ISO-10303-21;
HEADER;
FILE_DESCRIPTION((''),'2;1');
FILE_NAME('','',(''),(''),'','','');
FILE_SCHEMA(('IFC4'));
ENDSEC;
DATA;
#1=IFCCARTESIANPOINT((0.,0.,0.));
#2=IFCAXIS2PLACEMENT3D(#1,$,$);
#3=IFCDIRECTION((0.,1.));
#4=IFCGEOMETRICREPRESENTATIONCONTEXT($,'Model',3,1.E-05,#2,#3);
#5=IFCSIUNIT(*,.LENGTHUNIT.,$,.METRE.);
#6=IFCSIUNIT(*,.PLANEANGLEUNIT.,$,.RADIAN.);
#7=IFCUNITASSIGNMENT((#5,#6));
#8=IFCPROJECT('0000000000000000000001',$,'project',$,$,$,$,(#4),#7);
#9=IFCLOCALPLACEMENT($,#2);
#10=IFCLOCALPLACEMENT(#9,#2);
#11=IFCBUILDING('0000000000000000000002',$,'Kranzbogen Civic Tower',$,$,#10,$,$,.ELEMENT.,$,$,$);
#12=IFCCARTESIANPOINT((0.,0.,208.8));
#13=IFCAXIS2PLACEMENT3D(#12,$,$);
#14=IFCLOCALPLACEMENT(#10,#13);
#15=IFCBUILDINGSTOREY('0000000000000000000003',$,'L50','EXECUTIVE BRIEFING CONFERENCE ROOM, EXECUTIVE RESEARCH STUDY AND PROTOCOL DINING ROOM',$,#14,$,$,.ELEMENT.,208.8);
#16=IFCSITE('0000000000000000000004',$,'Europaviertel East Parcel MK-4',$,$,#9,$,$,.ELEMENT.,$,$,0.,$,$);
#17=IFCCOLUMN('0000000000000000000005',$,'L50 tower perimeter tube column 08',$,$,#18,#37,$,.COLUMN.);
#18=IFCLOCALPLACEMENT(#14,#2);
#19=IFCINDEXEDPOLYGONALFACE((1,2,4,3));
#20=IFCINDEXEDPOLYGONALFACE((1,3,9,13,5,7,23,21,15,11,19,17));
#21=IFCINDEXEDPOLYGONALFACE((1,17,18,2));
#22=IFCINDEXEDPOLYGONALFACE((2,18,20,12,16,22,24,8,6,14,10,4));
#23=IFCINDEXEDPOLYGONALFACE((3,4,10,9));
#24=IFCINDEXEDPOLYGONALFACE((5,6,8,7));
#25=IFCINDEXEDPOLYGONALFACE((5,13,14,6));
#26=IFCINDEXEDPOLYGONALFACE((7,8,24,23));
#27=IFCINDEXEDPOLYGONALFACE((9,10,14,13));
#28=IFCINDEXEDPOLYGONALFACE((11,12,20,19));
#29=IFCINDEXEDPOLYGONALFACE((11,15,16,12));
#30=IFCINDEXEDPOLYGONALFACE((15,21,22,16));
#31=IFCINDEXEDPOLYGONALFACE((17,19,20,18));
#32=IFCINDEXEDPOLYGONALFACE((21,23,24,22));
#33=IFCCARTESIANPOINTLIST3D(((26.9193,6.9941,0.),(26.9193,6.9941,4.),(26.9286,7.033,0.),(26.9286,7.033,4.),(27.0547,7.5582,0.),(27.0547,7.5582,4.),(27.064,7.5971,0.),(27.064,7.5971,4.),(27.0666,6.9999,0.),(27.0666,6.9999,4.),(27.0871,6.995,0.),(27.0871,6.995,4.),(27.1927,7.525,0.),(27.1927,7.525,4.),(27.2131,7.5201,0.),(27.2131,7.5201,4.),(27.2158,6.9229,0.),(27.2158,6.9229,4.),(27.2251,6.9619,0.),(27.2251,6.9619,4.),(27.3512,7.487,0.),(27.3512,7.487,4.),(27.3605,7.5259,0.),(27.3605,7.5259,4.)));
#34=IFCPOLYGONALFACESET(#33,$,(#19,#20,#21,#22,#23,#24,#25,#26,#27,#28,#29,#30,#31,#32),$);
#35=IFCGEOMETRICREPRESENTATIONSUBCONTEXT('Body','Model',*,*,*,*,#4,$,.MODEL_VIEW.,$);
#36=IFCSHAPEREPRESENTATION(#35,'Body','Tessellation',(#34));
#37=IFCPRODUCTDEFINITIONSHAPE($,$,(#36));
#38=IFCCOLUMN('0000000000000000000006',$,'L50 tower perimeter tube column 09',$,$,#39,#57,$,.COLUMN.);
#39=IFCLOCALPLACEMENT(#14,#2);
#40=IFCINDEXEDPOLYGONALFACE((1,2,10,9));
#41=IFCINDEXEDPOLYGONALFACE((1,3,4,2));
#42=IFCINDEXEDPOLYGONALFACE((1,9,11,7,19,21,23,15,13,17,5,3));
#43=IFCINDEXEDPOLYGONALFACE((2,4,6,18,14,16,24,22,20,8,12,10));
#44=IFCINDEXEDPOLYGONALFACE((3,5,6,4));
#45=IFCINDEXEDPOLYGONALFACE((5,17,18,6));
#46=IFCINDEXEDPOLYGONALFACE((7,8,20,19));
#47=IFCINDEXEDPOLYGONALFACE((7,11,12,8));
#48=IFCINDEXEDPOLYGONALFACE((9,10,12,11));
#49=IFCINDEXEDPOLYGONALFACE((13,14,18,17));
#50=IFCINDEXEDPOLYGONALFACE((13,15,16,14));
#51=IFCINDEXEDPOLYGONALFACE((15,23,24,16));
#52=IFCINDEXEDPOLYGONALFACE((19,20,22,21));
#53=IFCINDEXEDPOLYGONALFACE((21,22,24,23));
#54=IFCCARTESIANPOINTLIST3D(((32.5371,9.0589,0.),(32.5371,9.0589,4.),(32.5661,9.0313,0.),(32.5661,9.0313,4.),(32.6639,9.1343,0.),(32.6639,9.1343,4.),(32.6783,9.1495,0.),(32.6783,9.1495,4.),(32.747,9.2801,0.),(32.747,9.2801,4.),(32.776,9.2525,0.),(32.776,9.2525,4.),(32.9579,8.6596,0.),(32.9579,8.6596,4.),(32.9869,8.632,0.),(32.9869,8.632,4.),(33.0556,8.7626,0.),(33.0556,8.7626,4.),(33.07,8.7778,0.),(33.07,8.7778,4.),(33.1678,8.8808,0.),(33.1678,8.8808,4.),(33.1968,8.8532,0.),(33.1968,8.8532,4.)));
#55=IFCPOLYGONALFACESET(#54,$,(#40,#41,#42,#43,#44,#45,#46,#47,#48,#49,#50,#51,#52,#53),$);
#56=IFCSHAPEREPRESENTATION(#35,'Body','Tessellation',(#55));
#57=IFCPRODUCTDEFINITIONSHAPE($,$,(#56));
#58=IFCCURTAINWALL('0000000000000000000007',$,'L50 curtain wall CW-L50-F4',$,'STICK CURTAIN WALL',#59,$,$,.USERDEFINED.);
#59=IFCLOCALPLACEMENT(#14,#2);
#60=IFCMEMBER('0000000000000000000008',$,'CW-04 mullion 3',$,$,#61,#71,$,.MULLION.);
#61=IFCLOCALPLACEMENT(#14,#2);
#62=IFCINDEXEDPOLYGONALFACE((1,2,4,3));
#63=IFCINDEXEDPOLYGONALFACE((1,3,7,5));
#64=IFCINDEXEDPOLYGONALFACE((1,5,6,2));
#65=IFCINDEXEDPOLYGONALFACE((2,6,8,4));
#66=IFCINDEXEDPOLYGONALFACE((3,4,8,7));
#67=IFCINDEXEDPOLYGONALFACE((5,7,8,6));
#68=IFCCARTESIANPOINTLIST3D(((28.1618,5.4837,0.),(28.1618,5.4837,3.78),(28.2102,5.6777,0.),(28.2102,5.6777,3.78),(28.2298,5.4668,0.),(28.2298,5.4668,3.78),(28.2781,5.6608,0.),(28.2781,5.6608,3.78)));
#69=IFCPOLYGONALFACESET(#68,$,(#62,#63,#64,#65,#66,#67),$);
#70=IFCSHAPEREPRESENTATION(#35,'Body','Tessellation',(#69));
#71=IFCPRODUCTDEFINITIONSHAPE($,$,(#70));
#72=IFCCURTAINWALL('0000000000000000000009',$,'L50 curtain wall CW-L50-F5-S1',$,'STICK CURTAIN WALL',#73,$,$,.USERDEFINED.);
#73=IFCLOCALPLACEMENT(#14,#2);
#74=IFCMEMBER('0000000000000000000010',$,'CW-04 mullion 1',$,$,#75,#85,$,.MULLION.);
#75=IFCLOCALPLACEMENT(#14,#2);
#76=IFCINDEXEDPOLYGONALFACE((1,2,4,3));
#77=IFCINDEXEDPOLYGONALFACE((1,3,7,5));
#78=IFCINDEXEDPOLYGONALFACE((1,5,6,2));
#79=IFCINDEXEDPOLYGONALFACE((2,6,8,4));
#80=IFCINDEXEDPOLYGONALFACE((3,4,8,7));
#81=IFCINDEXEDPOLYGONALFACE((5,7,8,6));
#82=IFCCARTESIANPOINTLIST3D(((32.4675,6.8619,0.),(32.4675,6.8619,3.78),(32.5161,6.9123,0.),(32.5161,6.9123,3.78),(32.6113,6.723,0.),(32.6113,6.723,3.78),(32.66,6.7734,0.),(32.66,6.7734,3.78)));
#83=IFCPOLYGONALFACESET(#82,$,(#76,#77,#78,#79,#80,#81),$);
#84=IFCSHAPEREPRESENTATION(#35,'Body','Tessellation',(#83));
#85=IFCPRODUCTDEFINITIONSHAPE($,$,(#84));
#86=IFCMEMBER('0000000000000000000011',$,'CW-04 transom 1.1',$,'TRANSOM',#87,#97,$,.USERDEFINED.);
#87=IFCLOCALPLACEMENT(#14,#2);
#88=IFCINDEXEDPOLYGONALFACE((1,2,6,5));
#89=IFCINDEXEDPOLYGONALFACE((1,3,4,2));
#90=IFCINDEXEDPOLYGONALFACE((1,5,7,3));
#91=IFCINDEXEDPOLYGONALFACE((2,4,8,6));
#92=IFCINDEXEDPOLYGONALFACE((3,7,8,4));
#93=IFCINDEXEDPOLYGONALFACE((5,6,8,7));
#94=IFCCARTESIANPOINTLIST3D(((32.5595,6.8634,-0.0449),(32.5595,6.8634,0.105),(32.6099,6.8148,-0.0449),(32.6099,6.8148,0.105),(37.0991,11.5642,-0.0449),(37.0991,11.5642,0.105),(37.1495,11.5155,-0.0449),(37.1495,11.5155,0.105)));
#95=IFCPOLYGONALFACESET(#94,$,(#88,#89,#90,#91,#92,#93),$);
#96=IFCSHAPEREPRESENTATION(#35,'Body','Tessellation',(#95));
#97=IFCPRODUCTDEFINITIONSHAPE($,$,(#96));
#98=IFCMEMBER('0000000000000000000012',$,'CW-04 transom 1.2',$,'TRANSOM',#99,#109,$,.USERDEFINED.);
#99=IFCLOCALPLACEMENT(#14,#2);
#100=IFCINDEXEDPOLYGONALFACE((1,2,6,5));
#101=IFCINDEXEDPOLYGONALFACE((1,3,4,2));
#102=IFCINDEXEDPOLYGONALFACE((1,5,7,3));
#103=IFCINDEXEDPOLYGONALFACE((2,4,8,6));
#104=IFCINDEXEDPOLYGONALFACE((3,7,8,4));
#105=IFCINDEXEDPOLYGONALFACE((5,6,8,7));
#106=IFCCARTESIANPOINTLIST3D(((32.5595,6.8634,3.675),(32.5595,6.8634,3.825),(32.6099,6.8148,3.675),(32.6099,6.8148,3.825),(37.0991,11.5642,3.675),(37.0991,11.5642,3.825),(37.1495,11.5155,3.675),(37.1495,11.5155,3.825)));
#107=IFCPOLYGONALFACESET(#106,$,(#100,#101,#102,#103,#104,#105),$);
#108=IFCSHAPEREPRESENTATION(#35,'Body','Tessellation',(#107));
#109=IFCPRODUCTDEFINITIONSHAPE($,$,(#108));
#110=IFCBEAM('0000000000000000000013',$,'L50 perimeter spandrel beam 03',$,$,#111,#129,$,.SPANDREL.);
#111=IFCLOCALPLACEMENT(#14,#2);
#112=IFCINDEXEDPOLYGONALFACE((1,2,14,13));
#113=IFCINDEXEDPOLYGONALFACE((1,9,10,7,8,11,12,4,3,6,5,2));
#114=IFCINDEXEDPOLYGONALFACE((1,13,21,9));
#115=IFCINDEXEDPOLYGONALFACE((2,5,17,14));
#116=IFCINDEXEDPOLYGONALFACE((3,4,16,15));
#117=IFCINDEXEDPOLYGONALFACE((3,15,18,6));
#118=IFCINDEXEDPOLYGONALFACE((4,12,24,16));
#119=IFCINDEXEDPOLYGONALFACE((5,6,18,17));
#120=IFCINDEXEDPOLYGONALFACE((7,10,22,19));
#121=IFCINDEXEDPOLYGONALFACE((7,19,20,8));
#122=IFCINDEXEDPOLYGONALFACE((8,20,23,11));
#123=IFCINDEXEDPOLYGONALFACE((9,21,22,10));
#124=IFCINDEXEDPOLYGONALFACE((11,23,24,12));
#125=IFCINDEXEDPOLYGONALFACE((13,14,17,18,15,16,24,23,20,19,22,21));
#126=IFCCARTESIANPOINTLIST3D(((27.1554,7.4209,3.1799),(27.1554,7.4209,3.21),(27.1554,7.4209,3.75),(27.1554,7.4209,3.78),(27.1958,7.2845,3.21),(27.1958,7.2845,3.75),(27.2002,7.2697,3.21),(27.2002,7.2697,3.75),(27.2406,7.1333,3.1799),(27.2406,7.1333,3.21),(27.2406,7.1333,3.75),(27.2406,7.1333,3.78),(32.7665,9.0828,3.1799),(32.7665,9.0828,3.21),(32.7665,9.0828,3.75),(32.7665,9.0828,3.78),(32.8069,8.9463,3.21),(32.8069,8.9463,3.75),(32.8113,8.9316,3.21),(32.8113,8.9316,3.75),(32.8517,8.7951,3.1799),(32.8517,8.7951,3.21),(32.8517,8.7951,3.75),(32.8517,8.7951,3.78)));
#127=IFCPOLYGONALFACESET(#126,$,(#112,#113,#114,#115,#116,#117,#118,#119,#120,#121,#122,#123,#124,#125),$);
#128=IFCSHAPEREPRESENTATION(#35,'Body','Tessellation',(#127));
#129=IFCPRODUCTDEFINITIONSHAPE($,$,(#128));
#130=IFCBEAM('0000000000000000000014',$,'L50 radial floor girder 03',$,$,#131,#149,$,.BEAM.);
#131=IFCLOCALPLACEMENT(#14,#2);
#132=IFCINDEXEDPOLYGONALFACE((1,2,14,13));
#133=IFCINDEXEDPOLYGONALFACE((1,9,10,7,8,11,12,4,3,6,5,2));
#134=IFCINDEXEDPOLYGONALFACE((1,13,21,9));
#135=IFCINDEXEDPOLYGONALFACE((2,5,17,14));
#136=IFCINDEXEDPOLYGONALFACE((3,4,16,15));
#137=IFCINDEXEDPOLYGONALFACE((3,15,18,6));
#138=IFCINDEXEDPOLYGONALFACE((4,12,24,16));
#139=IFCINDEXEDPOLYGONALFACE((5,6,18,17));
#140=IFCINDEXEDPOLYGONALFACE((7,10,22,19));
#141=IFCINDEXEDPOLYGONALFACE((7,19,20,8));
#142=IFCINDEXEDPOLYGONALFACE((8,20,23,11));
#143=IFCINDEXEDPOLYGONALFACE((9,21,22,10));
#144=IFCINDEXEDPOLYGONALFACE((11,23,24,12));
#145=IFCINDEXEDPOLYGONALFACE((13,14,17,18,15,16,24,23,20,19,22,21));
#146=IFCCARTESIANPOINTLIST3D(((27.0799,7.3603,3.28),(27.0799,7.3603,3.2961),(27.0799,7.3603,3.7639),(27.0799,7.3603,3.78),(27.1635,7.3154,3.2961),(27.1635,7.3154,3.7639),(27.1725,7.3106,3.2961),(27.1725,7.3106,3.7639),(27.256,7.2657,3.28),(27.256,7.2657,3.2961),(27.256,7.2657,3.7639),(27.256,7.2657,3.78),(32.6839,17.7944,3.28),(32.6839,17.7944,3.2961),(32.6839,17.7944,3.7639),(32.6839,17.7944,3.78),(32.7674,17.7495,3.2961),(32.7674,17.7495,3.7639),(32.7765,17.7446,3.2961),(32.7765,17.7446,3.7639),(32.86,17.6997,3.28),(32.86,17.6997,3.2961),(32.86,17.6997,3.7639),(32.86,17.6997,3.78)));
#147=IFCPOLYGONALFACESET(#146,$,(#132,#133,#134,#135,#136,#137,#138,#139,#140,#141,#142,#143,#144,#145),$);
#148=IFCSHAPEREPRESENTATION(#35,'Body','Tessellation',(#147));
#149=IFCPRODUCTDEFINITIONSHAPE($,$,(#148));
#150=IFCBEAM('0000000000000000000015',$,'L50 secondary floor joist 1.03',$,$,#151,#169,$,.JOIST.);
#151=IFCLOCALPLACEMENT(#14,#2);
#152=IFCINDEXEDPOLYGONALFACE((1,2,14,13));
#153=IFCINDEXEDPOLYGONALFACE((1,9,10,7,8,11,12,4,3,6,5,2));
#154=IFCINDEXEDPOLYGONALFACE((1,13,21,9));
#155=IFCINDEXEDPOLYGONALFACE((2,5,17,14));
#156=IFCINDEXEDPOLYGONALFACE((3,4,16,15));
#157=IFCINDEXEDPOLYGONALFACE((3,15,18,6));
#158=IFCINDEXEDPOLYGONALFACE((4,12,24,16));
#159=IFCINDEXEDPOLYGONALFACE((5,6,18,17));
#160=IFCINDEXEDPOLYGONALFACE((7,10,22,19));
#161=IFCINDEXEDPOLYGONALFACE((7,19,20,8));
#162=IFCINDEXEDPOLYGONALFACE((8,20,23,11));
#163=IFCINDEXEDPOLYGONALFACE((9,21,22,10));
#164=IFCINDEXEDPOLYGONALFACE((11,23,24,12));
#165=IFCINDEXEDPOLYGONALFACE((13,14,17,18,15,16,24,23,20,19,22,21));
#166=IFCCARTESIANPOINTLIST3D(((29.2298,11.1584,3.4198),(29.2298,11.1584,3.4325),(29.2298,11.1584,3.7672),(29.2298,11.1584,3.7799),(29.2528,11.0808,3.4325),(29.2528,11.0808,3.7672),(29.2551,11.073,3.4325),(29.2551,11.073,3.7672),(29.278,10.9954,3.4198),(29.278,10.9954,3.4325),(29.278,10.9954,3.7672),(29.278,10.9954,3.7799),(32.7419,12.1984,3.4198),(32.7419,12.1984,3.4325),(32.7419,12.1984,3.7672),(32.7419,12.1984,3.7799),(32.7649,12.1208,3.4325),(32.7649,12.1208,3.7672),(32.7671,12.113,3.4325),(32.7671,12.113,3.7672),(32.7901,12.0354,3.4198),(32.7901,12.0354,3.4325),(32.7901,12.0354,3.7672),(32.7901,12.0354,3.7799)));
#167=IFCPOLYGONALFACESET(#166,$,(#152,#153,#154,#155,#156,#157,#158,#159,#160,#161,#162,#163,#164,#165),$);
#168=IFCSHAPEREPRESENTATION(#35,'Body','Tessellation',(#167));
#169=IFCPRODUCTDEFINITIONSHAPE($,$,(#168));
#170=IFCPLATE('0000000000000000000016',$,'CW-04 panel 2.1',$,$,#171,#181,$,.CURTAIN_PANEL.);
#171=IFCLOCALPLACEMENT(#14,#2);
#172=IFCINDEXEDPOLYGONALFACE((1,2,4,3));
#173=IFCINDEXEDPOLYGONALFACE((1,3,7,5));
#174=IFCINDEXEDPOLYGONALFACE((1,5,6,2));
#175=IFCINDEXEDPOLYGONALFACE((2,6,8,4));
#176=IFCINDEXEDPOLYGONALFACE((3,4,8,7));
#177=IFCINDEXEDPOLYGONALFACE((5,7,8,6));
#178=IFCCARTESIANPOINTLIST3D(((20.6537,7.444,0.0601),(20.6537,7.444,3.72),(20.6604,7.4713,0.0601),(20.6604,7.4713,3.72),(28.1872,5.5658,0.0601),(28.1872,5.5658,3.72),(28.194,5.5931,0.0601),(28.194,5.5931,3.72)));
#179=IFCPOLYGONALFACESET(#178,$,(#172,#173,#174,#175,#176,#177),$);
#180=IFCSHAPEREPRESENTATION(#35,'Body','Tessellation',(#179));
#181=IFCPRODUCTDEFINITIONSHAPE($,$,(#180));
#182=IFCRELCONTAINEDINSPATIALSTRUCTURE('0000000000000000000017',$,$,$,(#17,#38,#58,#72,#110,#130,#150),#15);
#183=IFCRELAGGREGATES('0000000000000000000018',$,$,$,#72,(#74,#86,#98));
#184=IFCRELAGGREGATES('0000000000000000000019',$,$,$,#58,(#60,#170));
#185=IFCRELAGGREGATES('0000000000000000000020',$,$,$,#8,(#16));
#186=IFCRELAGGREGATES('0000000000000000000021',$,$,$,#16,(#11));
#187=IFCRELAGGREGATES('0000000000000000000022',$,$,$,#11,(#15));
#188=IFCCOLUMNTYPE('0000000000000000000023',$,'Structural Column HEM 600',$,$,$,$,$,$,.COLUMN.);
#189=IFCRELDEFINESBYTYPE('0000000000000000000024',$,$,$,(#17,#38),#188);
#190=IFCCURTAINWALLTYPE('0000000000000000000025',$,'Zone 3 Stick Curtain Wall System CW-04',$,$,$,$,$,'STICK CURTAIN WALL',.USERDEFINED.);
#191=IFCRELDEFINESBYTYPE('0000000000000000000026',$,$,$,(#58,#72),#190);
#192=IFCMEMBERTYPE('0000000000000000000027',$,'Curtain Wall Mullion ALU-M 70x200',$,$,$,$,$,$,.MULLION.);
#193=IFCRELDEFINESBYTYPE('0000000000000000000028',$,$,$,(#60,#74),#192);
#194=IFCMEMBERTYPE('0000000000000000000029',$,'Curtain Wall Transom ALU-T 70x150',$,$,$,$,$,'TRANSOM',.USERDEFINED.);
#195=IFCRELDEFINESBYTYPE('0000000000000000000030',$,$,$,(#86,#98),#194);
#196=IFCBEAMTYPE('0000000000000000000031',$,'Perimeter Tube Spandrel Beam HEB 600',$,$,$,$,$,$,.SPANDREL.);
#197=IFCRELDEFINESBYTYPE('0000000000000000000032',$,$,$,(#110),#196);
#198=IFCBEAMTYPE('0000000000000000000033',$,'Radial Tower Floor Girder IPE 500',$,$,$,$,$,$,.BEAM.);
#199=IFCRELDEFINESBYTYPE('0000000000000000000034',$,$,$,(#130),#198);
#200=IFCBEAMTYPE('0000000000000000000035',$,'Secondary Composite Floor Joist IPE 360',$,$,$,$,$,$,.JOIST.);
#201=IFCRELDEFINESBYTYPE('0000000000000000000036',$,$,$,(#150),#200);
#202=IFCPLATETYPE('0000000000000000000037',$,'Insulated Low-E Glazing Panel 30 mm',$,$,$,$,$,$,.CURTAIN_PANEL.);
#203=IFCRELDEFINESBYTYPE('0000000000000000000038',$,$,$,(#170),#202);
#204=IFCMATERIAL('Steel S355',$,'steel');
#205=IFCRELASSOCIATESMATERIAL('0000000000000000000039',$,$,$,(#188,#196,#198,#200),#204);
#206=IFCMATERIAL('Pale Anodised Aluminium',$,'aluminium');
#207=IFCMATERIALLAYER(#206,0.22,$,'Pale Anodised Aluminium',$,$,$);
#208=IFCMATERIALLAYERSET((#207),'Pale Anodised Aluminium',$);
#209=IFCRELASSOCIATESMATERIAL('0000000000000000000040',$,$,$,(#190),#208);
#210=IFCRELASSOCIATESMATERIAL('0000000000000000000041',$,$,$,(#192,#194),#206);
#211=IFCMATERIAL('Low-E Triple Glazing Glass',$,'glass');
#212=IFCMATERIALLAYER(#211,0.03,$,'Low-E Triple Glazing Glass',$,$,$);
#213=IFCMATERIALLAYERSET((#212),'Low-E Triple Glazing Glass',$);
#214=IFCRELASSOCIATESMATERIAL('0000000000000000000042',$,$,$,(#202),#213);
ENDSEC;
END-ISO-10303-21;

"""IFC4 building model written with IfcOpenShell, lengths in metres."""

from ifc_helpers import new_model, si_unit, direction, frame, origin, origin_2d, place, context, subcontext, project, spatial, rectangle, i_section, extrude, material, layer, layer_set, material_profile, profile_set, type_object, element, aggregate, save


model = new_model("IFC4")

# Units and contexts
model_context = context("Model", 3, precision=1e-05, world=origin(), true_north=direction((0.0, 1.0)))
body_context = subcontext(model_context, "Body", "Model", "MODEL_VIEW")
ifc_project = project(units=[si_unit("LENGTHUNIT", "METRE"), si_unit("PLANEANGLEUNIT", "RADIAN")], contexts=[model_context])

# Site, building, storey
site_placement = place(None, origin())
site = spatial("IfcSite", under=ifc_project, at=site_placement, Name="Europaviertel East Parcel MK-4", CompositionType="ELEMENT", RefElevation=0.0)
building_placement = place(site_placement, origin())
building = spatial("IfcBuilding", under=site, at=building_placement, Name="Kranzbogen Civic Tower", CompositionType="ELEMENT")
storey_placement = place(building_placement, frame((0.0, 0.0, 208.8)))
storey = spatial("IfcBuildingStorey", under=building, at=storey_placement, Name="L50", Description="EXECUTIVE BRIEFING CONFERENCE ROOM, EXECUTIVE RESEARCH STUDY AND PROTOCOL DINING ROOM", CompositionType="ELEMENT", Elevation=208.8)

# Columns
ifc_material_1 = material(Name="Steel S355", Category="steel")
ifc_material_profile_1 = material_profile(ifc_material_1, i_section(OverallWidth=0.3049, OverallDepth=0.6201, WebThickness=0.021, FlangeThickness=0.04, at=origin_2d()), Name="HEM 600")
ifc_profile_set_1 = profile_set([ifc_material_profile_1], Name="Steel S355")
column_type = type_object("IfcColumnType", Name="Structural Column HEM 600", PredefinedType="COLUMN", material=ifc_profile_set_1)
for number, where, z_axis, x_axis, name in (
    (1, (27.1399, 7.26, 0.0), (0.0, 0.0, 1.0), (-0.97237, 0.233445, 0.0), "L50 tower perimeter tube column 08"),
    (2, (32.8669, 8.9561, 0.0), (0.0, 0.0, 1.0), (0.688355, 0.725374, 0.0), "L50 tower perimeter tube column 09"),
):
    element("IfcColumn", number, at=place(storey_placement, frame(where, z_axis=z_axis, x_axis=x_axis)), inside=storey, type_object=column_type, Name=name, PredefinedType="COLUMN", context=body_context, shape_type="SweptSolid", body=[
        extrude(i_section(OverallWidth=0.3049, OverallDepth=0.6201, WebThickness=0.021, FlangeThickness=0.04, at=origin_2d()), origin(), (0.0, 0.0, 1.0), 4.0),
    ])

# Curtain wall, member
ifc_material_2 = material(Name="Pale Anodised Aluminium", Category="aluminium")
ifc_layer_1 = layer(ifc_material_2, 0.22, Name="Pale Anodised Aluminium")
ifc_layer_set_1 = layer_set([ifc_layer_1], Name="Pale Anodised Aluminium")
curtain_wall_type = type_object("IfcCurtainWallType", Name="Zone 3 Stick Curtain Wall System CW-04", ElementType="STICK CURTAIN WALL", PredefinedType="USERDEFINED", material=ifc_layer_set_1)
curtain_wall_1_placement = place(storey_placement, origin())
curtain_wall_1 = element("IfcCurtainWall", 3, at=curtain_wall_1_placement, inside=storey, type_object=curtain_wall_type, Name="L50 curtain wall CW-L50-F4", ObjectType="STICK CURTAIN WALL", PredefinedType="USERDEFINED")
ifc_material_profile_2 = material_profile(ifc_material_2, rectangle(XDim=0.0701, YDim=0.2, at=origin_2d()), Name="ALU-M 70x200")
ifc_profile_set_2 = profile_set([ifc_material_profile_2], Name="Pale Anodised Aluminium")
member_type_1 = type_object("IfcMemberType", Name="Curtain Wall Mullion ALU-M 70x200", PredefinedType="MULLION", material=ifc_profile_set_2)
member_1_placement = place(storey_placement, frame((28.22, 5.5723, 0.0), z_axis=(0.0, 0.0, 1.0), x_axis=(0.9703, -0.241906, 0.0)))
member_1 = element("IfcMember", 4, at=member_1_placement, type_object=member_type_1, Name="CW-04 mullion 3", PredefinedType="MULLION", context=body_context, shape_type="SweptSolid", body=[
    extrude(rectangle(XDim=0.0701, YDim=0.2, at=origin_2d()), origin(), (0.0, 0.0, 1.0), 3.78),
])

# Curtain wall, members
curtain_wall_2_placement = place(storey_placement, origin())
curtain_wall_2 = element("IfcCurtainWall", 5, at=curtain_wall_2_placement, inside=storey, type_object=curtain_wall_type, Name="L50 curtain wall CW-L50-F5-S1", ObjectType="STICK CURTAIN WALL", PredefinedType="USERDEFINED")
member_2_placement = place(storey_placement, frame((32.5637, 6.8176, 0.0), z_axis=(0.0, 0.0, 1.0), x_axis=(0.694678, 0.719321, 0.0)))
member_2 = element("IfcMember", 6, at=member_2_placement, type_object=member_type_1, Name="CW-04 mullion 1", PredefinedType="MULLION", context=body_context, shape_type="SweptSolid", body=[
    extrude(rectangle(XDim=0.0701, YDim=0.2, at=origin_2d()), origin(), (0.0, 0.0, 1.0), 3.78),
])
ifc_material_profile_3 = material_profile(ifc_material_2, rectangle(XDim=0.0701, YDim=0.1499, at=origin_2d()), Name="ALU-T 70x150")
ifc_profile_set_3 = profile_set([ifc_material_profile_3], Name="Pale Anodised Aluminium")
member_type_2 = type_object("IfcMemberType", Name="Curtain Wall Transom ALU-T 70x150", ElementType="TRANSOM", PredefinedType="USERDEFINED", material=ifc_profile_set_3)
member_3_placement = place(storey_placement, frame((32.5847, 6.8391, 0.03), z_axis=(0.694671, 0.719328, 0.0), x_axis=(-0.719328, 0.694671, 0.0)))
member_3 = element("IfcMember", 7, at=member_3_placement, type_object=member_type_2, Name="CW-04 transom 1.1", ObjectType="TRANSOM", PredefinedType="USERDEFINED", context=body_context, shape_type="SweptSolid", body=[
    extrude(rectangle(XDim=0.0701, YDim=0.1499, at=origin_2d()), origin(), (0.0, 0.0, 1.0), 6.5349),
])
member_4_placement = place(storey_placement, frame((32.5847, 6.8391, 3.75), z_axis=(0.694671, 0.719328, 0.0), x_axis=(-0.719328, 0.694671, 0.0)))
member_4 = element("IfcMember", 8, at=member_4_placement, type_object=member_type_2, Name="CW-04 transom 1.2", ObjectType="TRANSOM", PredefinedType="USERDEFINED", context=body_context, shape_type="SweptSolid", body=[
    extrude(rectangle(XDim=0.0701, YDim=0.1499, at=origin_2d()), origin(), (0.0, 0.0, 1.0), 6.5349),
])
aggregate(curtain_wall_2, [member_2, member_3, member_4])

# Beams
ifc_material_profile_4 = material_profile(ifc_material_1, i_section(OverallWidth=0.3, OverallDepth=0.6001, WebThickness=0.0154, FlangeThickness=0.03, at=origin_2d()), Name="HEB 600")
ifc_profile_set_4 = profile_set([ifc_material_profile_4], Name="Steel S355")
beam_type_1 = type_object("IfcBeamType", Name="Perimeter Tube Spandrel Beam HEB 600", PredefinedType="SPANDREL", material=ifc_profile_set_4)
beam_1_placement = place(storey_placement, frame((27.198, 7.2771, 3.48), z_axis=(0.95883, 0.283982, 0.0), x_axis=(-0.283982, 0.95883, 0.0)))
element("IfcBeam", 9, at=beam_1_placement, inside=storey, type_object=beam_type_1, Name="L50 perimeter spandrel beam 03", PredefinedType="SPANDREL", context=body_context, shape_type="SweptSolid", body=[
    extrude(i_section(OverallWidth=0.3, OverallDepth=0.6001, WebThickness=0.0154, FlangeThickness=0.03, at=origin_2d()), origin(), (0.0, 0.0, 1.0), 5.8521),
])
ifc_material_profile_5 = material_profile(ifc_material_1, i_section(OverallWidth=0.2, OverallDepth=0.5, WebThickness=0.0103, FlangeThickness=0.0161, at=origin_2d()), Name="IPE 500")
ifc_profile_set_5 = profile_set([ifc_material_profile_5], Name="Steel S355")
beam_type_2 = type_object("IfcBeamType", Name="Radial Tower Floor Girder IPE 500", PredefinedType="BEAM", material=ifc_profile_set_5)
beam_2_placement = place(storey_placement, frame((27.168, 7.313, 3.53), z_axis=(0.47316, 0.880976, 0.0), x_axis=(-0.880976, 0.47316, 0.0)))
element("IfcBeam", 10, at=beam_2_placement, inside=storey, type_object=beam_type_2, Name="L50 radial floor girder 03", PredefinedType="BEAM", context=body_context, shape_type="SweptSolid", body=[
    extrude(i_section(OverallWidth=0.2, OverallDepth=0.5, WebThickness=0.0103, FlangeThickness=0.0161, at=origin_2d()), origin(), (0.0, 0.0, 1.0), 11.8438),
])
ifc_material_profile_6 = material_profile(ifc_material_1, i_section(OverallWidth=0.1699, OverallDepth=0.3601, WebThickness=0.0081, FlangeThickness=0.0127, at=origin_2d()), Name="IPE 360")
ifc_profile_set_6 = profile_set([ifc_material_profile_6], Name="Steel S355")
beam_type_3 = type_object("IfcBeamType", Name="Secondary Composite Floor Joist IPE 360", PredefinedType="JOIST", material=ifc_profile_set_6)
beam_3_placement = place(storey_placement, frame((29.2539, 11.0769, 3.5999), z_axis=(0.958844, 0.283934, 0.0), x_axis=(-0.283934, 0.958844, 0.0)))
element("IfcBeam", 11, at=beam_3_placement, inside=storey, type_object=beam_type_3, Name="L50 secondary floor joist 1.03", PredefinedType="JOIST", context=body_context, shape_type="SweptSolid", body=[
    extrude(i_section(OverallWidth=0.1699, OverallDepth=0.3601, WebThickness=0.0081, FlangeThickness=0.0127, at=origin_2d()), origin(), (0.0, 0.0, 1.0), 3.6628),
])

# Plate
ifc_material_3 = material(Name="Low-E Triple Glazing Glass", Category="glass")
ifc_layer_2 = layer(ifc_material_3, 0.03, Name="Low-E Triple Glazing Glass")
ifc_layer_set_2 = layer_set([ifc_layer_2], Name="Low-E Triple Glazing Glass")
plate_type = type_object("IfcPlateType", Name="Insulated Low-E Glazing Panel 30 mm", PredefinedType="CURTAIN_PANEL", material=ifc_layer_set_2)
plate_placement = place(storey_placement, frame((24.4238, 6.5186, 0.0601), z_axis=(0.0, 0.0, 1.0), x_axis=(0.9703, -0.241906, 0.0)))
plate = element("IfcPlate", 12, at=plate_placement, type_object=plate_type, Name="CW-04 panel 2.1", PredefinedType="CURTAIN_PANEL", context=body_context, shape_type="SweptSolid", body=[
    extrude(rectangle(XDim=7.7642, YDim=0.0281, at=origin_2d()), origin(), (0.0, 0.0, 1.0), 3.6599),
])
aggregate(curtain_wall_1, [member_1, plate])

save(model, "model.ifc")
